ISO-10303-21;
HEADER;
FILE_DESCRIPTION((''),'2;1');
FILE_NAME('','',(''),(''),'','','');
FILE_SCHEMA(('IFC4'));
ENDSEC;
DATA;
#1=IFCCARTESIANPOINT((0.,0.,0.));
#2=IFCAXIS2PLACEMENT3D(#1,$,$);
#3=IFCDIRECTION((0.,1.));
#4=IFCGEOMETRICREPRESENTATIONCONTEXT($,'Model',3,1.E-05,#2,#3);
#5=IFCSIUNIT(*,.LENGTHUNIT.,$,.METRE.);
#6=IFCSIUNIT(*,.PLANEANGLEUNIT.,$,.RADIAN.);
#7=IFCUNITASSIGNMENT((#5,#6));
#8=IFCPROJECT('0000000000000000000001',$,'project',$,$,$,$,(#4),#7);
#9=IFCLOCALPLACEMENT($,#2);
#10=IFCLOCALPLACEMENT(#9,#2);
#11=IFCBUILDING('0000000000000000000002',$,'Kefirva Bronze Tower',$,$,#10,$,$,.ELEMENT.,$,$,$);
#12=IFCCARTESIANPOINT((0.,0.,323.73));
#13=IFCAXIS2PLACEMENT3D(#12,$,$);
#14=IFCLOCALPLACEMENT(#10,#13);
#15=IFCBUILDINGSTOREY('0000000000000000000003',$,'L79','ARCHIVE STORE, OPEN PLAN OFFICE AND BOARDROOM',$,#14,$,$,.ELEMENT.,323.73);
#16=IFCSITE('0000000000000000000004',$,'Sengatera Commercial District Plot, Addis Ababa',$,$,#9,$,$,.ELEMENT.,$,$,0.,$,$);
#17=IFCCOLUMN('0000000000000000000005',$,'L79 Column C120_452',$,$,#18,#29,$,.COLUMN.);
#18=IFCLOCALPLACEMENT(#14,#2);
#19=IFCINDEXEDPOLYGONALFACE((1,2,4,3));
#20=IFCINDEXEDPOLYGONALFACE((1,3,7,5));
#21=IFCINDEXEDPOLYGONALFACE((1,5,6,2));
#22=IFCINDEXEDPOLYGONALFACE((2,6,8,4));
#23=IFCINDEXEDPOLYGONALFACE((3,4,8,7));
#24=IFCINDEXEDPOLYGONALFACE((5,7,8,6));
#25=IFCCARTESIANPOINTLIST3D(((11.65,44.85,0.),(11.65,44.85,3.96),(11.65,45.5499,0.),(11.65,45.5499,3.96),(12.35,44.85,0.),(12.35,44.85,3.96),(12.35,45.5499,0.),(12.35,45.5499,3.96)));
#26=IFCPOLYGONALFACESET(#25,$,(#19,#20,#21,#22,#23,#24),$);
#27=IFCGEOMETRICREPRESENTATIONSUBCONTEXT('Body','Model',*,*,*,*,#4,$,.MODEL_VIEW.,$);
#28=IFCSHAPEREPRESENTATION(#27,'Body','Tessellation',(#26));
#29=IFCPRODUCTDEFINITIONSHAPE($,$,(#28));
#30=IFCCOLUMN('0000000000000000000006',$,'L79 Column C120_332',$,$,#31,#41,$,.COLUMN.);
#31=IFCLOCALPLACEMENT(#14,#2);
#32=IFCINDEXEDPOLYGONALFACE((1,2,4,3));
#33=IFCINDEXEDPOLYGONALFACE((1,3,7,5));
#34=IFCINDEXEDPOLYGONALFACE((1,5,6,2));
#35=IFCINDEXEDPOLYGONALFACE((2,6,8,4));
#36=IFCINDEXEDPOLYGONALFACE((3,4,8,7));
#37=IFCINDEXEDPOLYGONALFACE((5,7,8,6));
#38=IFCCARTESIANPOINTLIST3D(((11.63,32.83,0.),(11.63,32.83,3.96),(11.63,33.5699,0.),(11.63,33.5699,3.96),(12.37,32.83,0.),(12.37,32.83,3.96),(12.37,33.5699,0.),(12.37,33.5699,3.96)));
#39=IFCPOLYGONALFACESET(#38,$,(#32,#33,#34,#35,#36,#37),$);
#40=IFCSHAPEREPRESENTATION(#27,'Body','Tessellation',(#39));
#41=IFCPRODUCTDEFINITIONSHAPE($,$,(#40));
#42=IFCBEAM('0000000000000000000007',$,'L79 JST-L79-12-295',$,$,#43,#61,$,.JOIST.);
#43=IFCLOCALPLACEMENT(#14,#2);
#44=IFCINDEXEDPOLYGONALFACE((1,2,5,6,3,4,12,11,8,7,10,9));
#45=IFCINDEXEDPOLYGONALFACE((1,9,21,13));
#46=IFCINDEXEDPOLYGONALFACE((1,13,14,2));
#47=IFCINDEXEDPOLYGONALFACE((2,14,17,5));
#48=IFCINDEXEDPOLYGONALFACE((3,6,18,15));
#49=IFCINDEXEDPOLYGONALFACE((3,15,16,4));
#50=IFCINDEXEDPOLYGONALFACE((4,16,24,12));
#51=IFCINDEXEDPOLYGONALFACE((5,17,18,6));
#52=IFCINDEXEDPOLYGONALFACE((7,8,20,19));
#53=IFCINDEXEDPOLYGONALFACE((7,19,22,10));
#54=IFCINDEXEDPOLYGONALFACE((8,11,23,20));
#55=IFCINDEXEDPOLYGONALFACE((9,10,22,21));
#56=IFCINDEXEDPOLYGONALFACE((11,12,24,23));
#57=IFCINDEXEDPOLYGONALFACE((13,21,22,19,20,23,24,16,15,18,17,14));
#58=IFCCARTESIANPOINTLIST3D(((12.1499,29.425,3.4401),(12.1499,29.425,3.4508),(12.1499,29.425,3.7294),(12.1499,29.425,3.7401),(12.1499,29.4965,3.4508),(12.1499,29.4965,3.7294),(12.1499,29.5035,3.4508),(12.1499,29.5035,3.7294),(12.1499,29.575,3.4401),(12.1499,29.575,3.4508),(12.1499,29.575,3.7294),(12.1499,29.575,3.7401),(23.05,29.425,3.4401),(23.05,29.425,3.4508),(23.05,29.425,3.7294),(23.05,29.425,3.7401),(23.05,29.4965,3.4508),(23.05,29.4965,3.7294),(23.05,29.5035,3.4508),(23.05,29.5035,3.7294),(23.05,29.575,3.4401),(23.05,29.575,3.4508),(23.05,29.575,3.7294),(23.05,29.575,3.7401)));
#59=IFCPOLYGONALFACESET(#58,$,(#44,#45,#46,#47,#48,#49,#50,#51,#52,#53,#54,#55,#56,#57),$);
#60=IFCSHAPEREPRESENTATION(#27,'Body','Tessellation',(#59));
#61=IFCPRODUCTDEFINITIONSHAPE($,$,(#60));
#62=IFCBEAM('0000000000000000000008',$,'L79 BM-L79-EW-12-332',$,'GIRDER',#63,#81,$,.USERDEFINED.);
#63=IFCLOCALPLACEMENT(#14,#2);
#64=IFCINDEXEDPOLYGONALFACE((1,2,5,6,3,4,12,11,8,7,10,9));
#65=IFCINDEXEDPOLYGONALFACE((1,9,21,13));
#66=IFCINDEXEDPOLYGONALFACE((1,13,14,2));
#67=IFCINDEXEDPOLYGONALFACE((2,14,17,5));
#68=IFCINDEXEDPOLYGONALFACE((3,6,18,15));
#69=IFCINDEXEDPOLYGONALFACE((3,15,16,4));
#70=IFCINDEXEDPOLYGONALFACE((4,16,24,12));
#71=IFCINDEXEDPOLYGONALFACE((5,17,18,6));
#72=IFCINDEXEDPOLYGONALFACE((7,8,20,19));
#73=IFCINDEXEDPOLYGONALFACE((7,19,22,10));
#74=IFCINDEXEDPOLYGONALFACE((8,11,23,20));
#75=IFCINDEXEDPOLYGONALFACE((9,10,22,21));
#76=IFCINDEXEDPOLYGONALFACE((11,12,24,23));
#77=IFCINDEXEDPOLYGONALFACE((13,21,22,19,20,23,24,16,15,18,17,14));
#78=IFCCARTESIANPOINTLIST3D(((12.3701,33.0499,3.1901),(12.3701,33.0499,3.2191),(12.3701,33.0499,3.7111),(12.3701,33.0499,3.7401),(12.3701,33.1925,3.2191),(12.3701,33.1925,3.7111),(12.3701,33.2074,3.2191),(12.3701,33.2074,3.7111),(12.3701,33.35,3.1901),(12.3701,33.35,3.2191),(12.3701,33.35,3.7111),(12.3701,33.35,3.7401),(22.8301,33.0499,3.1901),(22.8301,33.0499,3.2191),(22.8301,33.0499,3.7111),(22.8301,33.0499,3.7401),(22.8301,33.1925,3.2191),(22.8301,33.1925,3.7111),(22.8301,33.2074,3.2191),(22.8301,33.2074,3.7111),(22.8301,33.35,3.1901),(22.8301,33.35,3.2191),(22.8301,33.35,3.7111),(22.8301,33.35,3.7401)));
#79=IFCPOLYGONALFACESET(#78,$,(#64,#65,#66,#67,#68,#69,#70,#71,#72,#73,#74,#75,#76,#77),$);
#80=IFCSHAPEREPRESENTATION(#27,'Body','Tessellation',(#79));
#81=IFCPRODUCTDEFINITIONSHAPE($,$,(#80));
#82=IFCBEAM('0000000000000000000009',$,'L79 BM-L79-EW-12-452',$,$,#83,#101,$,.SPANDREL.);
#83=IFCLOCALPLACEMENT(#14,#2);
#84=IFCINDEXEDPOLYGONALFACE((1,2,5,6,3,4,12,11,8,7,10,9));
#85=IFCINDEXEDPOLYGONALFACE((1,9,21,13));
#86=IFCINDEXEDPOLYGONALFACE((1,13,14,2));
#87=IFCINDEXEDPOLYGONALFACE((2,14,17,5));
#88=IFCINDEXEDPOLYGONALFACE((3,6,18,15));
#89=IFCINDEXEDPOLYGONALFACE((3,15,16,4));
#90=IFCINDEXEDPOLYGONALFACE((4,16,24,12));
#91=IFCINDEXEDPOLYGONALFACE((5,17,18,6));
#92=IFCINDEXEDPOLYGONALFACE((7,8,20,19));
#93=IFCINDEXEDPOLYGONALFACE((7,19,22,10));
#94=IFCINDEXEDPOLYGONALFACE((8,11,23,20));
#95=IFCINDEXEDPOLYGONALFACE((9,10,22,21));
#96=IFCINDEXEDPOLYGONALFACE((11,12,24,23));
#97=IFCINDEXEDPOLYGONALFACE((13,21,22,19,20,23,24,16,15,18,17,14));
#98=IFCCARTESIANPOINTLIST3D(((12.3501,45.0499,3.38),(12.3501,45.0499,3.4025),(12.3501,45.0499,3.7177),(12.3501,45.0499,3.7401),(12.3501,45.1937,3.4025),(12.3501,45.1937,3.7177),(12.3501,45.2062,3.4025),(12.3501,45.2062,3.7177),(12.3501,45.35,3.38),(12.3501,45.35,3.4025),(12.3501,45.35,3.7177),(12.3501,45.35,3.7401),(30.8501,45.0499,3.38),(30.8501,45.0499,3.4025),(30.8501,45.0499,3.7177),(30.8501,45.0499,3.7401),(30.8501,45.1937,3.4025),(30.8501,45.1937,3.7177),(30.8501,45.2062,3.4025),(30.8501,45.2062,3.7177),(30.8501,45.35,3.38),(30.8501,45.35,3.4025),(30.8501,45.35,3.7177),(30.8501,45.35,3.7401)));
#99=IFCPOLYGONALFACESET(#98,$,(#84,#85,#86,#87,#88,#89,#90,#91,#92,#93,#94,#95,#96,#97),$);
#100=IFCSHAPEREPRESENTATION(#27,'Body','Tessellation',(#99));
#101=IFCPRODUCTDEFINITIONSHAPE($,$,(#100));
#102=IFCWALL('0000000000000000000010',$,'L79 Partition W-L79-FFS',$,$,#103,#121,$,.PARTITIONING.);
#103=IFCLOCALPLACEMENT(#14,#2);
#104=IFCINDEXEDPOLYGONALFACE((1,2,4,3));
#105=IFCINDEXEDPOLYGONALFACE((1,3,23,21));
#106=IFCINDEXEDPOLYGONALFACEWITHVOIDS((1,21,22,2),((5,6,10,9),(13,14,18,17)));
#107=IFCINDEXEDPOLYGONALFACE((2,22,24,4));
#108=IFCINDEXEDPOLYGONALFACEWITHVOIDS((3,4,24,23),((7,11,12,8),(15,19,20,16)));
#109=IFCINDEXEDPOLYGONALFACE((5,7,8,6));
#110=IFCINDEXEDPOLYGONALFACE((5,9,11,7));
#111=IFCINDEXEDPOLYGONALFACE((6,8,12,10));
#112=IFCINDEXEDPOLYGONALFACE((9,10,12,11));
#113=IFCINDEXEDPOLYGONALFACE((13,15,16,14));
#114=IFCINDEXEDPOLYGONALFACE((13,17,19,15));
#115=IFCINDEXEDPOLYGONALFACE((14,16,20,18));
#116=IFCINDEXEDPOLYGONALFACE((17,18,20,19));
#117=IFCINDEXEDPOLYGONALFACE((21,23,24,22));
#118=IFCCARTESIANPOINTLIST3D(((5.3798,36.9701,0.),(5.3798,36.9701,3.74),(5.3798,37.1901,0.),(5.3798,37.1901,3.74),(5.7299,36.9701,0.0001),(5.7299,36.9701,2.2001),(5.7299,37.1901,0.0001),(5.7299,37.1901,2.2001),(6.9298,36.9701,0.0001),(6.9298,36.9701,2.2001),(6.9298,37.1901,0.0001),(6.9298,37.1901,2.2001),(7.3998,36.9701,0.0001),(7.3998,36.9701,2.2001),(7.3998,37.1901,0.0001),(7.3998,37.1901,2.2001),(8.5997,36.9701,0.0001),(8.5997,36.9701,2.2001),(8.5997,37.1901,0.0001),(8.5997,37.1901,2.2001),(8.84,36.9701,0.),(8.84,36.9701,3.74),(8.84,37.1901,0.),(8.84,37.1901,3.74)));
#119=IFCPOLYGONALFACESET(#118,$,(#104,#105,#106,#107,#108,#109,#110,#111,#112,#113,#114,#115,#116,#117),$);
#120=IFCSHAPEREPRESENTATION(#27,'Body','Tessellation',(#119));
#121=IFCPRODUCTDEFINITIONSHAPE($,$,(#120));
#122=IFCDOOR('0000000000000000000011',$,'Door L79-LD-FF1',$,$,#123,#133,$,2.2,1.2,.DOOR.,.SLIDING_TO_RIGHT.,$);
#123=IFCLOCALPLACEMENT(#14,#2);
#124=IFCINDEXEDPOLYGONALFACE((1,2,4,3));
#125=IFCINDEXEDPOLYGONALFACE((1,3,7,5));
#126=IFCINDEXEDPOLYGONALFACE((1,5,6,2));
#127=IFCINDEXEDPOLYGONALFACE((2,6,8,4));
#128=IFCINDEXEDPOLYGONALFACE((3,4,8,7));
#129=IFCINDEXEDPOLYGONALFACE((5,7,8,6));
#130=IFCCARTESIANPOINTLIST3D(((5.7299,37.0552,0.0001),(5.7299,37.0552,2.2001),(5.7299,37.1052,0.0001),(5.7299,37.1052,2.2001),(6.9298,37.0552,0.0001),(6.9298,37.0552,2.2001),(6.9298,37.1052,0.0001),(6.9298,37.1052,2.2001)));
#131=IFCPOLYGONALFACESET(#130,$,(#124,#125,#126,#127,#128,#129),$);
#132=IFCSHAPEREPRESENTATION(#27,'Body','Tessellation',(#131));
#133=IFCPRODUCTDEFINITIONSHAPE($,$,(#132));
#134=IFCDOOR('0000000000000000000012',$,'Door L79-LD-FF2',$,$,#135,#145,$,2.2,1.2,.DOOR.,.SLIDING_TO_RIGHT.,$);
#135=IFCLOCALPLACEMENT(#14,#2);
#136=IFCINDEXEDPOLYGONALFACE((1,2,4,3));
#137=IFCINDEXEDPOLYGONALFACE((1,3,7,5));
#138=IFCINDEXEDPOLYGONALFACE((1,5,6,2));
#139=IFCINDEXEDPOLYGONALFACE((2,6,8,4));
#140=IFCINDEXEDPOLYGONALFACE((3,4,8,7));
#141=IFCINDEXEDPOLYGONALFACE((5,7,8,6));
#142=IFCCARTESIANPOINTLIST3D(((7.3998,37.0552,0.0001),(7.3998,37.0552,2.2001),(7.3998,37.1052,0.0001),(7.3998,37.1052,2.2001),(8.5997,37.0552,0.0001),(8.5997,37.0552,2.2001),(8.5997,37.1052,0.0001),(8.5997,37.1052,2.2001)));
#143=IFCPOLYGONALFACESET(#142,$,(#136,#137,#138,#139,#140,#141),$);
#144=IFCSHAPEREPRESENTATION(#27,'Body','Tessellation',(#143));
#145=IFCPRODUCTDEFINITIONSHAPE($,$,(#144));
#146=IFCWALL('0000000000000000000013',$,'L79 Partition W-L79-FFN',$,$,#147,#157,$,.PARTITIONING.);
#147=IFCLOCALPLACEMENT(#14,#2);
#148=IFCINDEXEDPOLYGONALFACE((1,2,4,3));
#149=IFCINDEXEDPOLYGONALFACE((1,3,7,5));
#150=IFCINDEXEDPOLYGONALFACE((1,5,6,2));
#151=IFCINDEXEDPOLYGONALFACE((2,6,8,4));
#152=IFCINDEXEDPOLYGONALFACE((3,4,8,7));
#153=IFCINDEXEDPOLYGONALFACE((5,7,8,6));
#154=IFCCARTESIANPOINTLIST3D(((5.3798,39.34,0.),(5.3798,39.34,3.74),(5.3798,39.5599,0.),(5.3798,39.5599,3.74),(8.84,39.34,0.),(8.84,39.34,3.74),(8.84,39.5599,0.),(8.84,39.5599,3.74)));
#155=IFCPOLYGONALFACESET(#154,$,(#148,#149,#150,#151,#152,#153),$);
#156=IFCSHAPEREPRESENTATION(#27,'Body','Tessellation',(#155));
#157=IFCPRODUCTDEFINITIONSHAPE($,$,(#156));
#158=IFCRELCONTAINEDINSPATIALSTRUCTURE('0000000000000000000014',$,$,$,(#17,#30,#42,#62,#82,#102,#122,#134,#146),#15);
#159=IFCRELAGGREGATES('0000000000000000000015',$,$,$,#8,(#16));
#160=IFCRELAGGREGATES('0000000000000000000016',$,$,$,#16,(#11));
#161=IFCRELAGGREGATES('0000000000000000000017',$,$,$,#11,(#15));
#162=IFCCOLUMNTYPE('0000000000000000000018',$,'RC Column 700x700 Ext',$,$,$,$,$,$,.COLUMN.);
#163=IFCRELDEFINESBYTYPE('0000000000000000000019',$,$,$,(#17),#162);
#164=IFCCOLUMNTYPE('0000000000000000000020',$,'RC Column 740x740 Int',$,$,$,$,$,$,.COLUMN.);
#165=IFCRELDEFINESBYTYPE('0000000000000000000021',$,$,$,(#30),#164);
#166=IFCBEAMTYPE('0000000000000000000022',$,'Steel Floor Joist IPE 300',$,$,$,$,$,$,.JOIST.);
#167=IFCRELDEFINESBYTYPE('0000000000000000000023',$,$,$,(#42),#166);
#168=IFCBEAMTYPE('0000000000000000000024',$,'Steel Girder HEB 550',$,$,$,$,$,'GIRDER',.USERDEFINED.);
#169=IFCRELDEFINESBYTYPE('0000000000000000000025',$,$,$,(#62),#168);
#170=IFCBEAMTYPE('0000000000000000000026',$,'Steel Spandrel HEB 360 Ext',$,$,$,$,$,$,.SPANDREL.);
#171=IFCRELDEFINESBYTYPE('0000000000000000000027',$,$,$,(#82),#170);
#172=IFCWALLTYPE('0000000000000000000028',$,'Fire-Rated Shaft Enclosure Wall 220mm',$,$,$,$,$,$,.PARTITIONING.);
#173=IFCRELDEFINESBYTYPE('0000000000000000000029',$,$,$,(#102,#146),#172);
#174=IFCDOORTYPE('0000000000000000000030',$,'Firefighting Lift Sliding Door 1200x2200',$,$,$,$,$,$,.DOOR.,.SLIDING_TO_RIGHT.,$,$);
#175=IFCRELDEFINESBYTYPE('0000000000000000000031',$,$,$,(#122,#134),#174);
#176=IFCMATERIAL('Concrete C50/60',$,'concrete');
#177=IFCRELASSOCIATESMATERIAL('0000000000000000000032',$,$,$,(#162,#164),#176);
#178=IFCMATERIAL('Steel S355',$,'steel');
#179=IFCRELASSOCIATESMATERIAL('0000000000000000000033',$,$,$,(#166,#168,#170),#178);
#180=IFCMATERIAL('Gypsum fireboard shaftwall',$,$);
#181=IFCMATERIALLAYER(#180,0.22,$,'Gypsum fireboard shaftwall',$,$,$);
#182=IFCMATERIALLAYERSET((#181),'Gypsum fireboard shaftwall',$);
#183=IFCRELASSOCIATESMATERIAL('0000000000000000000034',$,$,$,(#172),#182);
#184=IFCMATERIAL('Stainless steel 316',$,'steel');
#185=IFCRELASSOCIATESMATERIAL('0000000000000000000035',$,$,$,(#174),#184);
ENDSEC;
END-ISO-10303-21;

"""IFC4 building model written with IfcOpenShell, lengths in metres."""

from ifc_helpers import new_model, si_unit, direction, frame, frame_2d, origin, origin_2d, place, context, subcontext, project, spatial, rectangle, i_section, extrude, material, layer, layer_set, material_profile, profile_set, type_object, element, fill, save


model = new_model("IFC4")

# Units and contexts
model_context = context("Model", 3, precision=1e-05, world=origin(), true_north=direction((0.0, 1.0)))
body_context = subcontext(model_context, "Body", "Model", "MODEL_VIEW")
ifc_project = project(units=[si_unit("LENGTHUNIT", "METRE"), si_unit("PLANEANGLEUNIT", "RADIAN")], contexts=[model_context])

# Site, building, storey
site_placement = place(None, origin())
site = spatial("IfcSite", under=ifc_project, at=site_placement, Name="Sengatera Commercial District Plot, Addis Ababa", CompositionType="ELEMENT", RefElevation=0.0)
building_placement = place(site_placement, origin())
building = spatial("IfcBuilding", under=site, at=building_placement, Name="Kefirva Bronze Tower", CompositionType="ELEMENT")
storey_placement = place(building_placement, frame((0.0, 0.0, 323.73)))
storey = spatial("IfcBuildingStorey", under=building, at=storey_placement, Name="L79", Description="ARCHIVE STORE, OPEN PLAN OFFICE AND BOARDROOM", CompositionType="ELEMENT", Elevation=323.73)

# Columns
ifc_material_1 = material(Name="Concrete C50/60", Category="concrete")
ifc_material_profile_1 = material_profile(ifc_material_1, rectangle(XDim=0.7, YDim=0.7, at=origin_2d()), Name="RC 700x700")
ifc_profile_set_1 = profile_set([ifc_material_profile_1], Name="Concrete C50/60")
column_type_1 = type_object("IfcColumnType", Name="RC Column 700x700 Ext", PredefinedType="COLUMN", material=ifc_profile_set_1)
column_1_placement = place(storey_placement, frame((12.0, 45.2, 0.0), z_axis=(0.0, 0.0, 1.0), x_axis=(1.0, 0.0, 0.0)))
element("IfcColumn", 1, at=column_1_placement, inside=storey, type_object=column_type_1, Name="L79 Column C120_452", PredefinedType="COLUMN", context=body_context, shape_type="SweptSolid", body=[
    extrude(rectangle(XDim=0.7, YDim=0.7, at=origin_2d()), origin(), (0.0, 0.0, 1.0), 3.96),
])
ifc_material_profile_2 = material_profile(ifc_material_1, rectangle(XDim=0.74, YDim=0.74, at=origin_2d()), Name="RC 740x740")
ifc_profile_set_2 = profile_set([ifc_material_profile_2], Name="Concrete C50/60")
column_type_2 = type_object("IfcColumnType", Name="RC Column 740x740 Int", PredefinedType="COLUMN", material=ifc_profile_set_2)
column_2_placement = place(storey_placement, frame((12.0, 33.2, 0.0), z_axis=(0.0, 0.0, 1.0), x_axis=(1.0, 0.0, 0.0)))
element("IfcColumn", 2, at=column_2_placement, inside=storey, type_object=column_type_2, Name="L79 Column C120_332", PredefinedType="COLUMN", context=body_context, shape_type="SweptSolid", body=[
    extrude(rectangle(XDim=0.74, YDim=0.74, at=origin_2d()), origin(), (0.0, 0.0, 1.0), 3.96),
])

# Beams
ifc_material_2 = material(Name="Steel S355", Category="steel")
ifc_material_profile_3 = material_profile(ifc_material_2, i_section(OverallWidth=0.1499, OverallDepth=0.3, WebThickness=0.0071, FlangeThickness=0.0107, at=origin_2d()), Name="IPE 300")
ifc_profile_set_3 = profile_set([ifc_material_profile_3], Name="Steel S355")
beam_type_1 = type_object("IfcBeamType", Name="Steel Floor Joist IPE 300", PredefinedType="JOIST", material=ifc_profile_set_3)
beam_1_placement = place(storey_placement, frame((12.1499, 29.5, 3.5901), z_axis=(1.0, 0.0, 0.0), x_axis=(0.0, 1.0, 0.0)))
element("IfcBeam", 3, at=beam_1_placement, inside=storey, type_object=beam_type_1, Name="L79 JST-L79-12-295", PredefinedType="JOIST", context=body_context, shape_type="SweptSolid", body=[
    extrude(i_section(OverallWidth=0.1499, OverallDepth=0.3, WebThickness=0.0071, FlangeThickness=0.0107, at=origin_2d()), origin(), (0.0, 0.0, 1.0), 10.9001),
])
ifc_material_profile_4 = material_profile(ifc_material_2, i_section(OverallWidth=0.3, OverallDepth=0.55, WebThickness=0.0149, FlangeThickness=0.0291, at=origin_2d()), Name="HEB 550")
ifc_profile_set_4 = profile_set([ifc_material_profile_4], Name="Steel S355")
beam_type_2 = type_object("IfcBeamType", Name="Steel Girder HEB 550", ElementType="GIRDER", PredefinedType="USERDEFINED", material=ifc_profile_set_4)
beam_2_placement = place(storey_placement, frame((12.3701, 33.2, 3.4651), z_axis=(1.0, 0.0, 0.0), x_axis=(0.0, 1.0, 0.0)))
element("IfcBeam", 4, at=beam_2_placement, inside=storey, type_object=beam_type_2, Name="L79 BM-L79-EW-12-332", ObjectType="GIRDER", PredefinedType="USERDEFINED", context=body_context, shape_type="SweptSolid", body=[
    extrude(i_section(OverallWidth=0.3, OverallDepth=0.55, WebThickness=0.0149, FlangeThickness=0.0291, at=origin_2d()), origin(), (0.0, 0.0, 1.0), 10.46),
])
ifc_material_profile_5 = material_profile(ifc_material_2, i_section(OverallWidth=0.3, OverallDepth=0.3601, WebThickness=0.0125, FlangeThickness=0.0225, at=origin_2d()), Name="HEB 360")
ifc_profile_set_5 = profile_set([ifc_material_profile_5], Name="Steel S355")
beam_type_3 = type_object("IfcBeamType", Name="Steel Spandrel HEB 360 Ext", PredefinedType="SPANDREL", material=ifc_profile_set_5)
beam_3_placement = place(storey_placement, frame((12.3501, 45.2, 3.5601), z_axis=(1.0, 0.0, 0.0), x_axis=(0.0, 1.0, 0.0)))
element("IfcBeam", 5, at=beam_3_placement, inside=storey, type_object=beam_type_3, Name="L79 BM-L79-EW-12-452", PredefinedType="SPANDREL", context=body_context, shape_type="SweptSolid", body=[
    extrude(i_section(OverallWidth=0.3, OverallDepth=0.3601, WebThickness=0.0125, FlangeThickness=0.0225, at=origin_2d()), origin(), (0.0, 0.0, 1.0), 18.5),
])

# Wall, openings, doors
ifc_material_3 = material(Name="Gypsum fireboard shaftwall")
ifc_layer_1 = layer(ifc_material_3, 0.22, Name="Gypsum fireboard shaftwall")
ifc_layer_set_1 = layer_set([ifc_layer_1], Name="Gypsum fireboard shaftwall")
wall_type_1 = type_object("IfcWallType", Name="Fire-Rated Shaft Enclosure Wall 220mm", PredefinedType="PARTITIONING", material=ifc_layer_set_1)
wall_1_placement = place(storey_placement, frame((5.3799, 37.0801, 0.0), z_axis=(0.0, 0.0, 1.0), x_axis=(1.0, 0.0, 0.0)))
wall_1 = element("IfcWall", 6, at=wall_1_placement, inside=storey, type_object=wall_type_1, Name="L79 Partition W-L79-FFS", PredefinedType="PARTITIONING", context=body_context, shape_type="SweptSolid", body=[
    extrude(rectangle(XDim=3.4602, YDim=0.22, at=frame_2d((1.73, 0.0))), origin(), (0.0, 0.0, 1.0), 3.74),
])
opening_1_placement = place(wall_1_placement, frame((1.55, 0.0, 0.0), z_axis=(0.0, 0.0, 1.0), x_axis=(-1.0, 0.0, 0.0)))
opening_1 = element("IfcOpeningElement", 7, at=opening_1_placement, cuts=wall_1, PredefinedType="OPENING", context=body_context, shape_type="SweptSolid", body=[
    extrude(rectangle(XDim=1.2, YDim=2.2, at=frame_2d((0.6001, 1.1001))), frame((0.0, 0.1201, 0.0), z_axis=(0.0, -1.0, 0.0), x_axis=(1.0, 0.0, 0.0)), (0.0, 0.0, 1.0), 0.24),
])
opening_2_placement = place(wall_1_placement, frame((3.22, 0.0, 0.0), z_axis=(0.0, 0.0, 1.0), x_axis=(-1.0, 0.0, 0.0)))
opening_2 = element("IfcOpeningElement", 8, at=opening_2_placement, cuts=wall_1, PredefinedType="OPENING", context=body_context, shape_type="SweptSolid", body=[
    extrude(rectangle(XDim=1.2, YDim=2.2, at=frame_2d((0.6001, 1.1001))), frame((0.0, 0.1201, 0.0), z_axis=(0.0, -1.0, 0.0), x_axis=(1.0, 0.0, 0.0)), (0.0, 0.0, 1.0), 0.24),
])
ifc_material_4 = material(Name="Stainless steel 316", Category="steel")
door_type_1 = type_object("IfcDoorType", Name="Firefighting Lift Sliding Door 1200x2200", OperationType="SLIDING_TO_RIGHT", PredefinedType="DOOR", material=ifc_material_4)
door_1_placement = place(opening_1_placement, origin())
door_1 = element("IfcDoor", 9, at=door_1_placement, inside=storey, type_object=door_type_1, Name="Door L79-LD-FF1", OperationType="SLIDING_TO_RIGHT", OverallHeight=2.2, OverallWidth=1.2, PredefinedType="DOOR", context=body_context, shape_type="SweptSolid", body=[
    extrude(rectangle(XDim=1.2, YDim=2.2, at=frame_2d((0.6001, 1.1001))), frame((0.0, 0.0249, 0.0), z_axis=(0.0, -1.0, 0.0), x_axis=(1.0, 0.0, 0.0)), (0.0, 0.0, 1.0), 0.05),
])
fill(opening_1, door_1)
door_2_placement = place(opening_2_placement, origin())
door_2 = element("IfcDoor", 10, at=door_2_placement, inside=storey, type_object=door_type_1, Name="Door L79-LD-FF2", OperationType="SLIDING_TO_RIGHT", OverallHeight=2.2, OverallWidth=1.2, PredefinedType="DOOR", context=body_context, shape_type="SweptSolid", body=[
    extrude(rectangle(XDim=1.2, YDim=2.2, at=frame_2d((0.6001, 1.1001))), frame((0.0, 0.0249, 0.0), z_axis=(0.0, -1.0, 0.0), x_axis=(1.0, 0.0, 0.0)), (0.0, 0.0, 1.0), 0.05),
])
fill(opening_2, door_2)

# Wall
wall_2_placement = place(storey_placement, frame((5.3799, 39.45, 0.0), z_axis=(0.0, 0.0, 1.0), x_axis=(1.0, 0.0, 0.0)))
element("IfcWall", 11, at=wall_2_placement, inside=storey, type_object=wall_type_1, Name="L79 Partition W-L79-FFN", PredefinedType="PARTITIONING", context=body_context, shape_type="SweptSolid", body=[
    extrude(rectangle(XDim=3.4602, YDim=0.22, at=frame_2d((1.73, 0.0))), origin(), (0.0, 0.0, 1.0), 3.74),
])

save(model, "model.ifc")
